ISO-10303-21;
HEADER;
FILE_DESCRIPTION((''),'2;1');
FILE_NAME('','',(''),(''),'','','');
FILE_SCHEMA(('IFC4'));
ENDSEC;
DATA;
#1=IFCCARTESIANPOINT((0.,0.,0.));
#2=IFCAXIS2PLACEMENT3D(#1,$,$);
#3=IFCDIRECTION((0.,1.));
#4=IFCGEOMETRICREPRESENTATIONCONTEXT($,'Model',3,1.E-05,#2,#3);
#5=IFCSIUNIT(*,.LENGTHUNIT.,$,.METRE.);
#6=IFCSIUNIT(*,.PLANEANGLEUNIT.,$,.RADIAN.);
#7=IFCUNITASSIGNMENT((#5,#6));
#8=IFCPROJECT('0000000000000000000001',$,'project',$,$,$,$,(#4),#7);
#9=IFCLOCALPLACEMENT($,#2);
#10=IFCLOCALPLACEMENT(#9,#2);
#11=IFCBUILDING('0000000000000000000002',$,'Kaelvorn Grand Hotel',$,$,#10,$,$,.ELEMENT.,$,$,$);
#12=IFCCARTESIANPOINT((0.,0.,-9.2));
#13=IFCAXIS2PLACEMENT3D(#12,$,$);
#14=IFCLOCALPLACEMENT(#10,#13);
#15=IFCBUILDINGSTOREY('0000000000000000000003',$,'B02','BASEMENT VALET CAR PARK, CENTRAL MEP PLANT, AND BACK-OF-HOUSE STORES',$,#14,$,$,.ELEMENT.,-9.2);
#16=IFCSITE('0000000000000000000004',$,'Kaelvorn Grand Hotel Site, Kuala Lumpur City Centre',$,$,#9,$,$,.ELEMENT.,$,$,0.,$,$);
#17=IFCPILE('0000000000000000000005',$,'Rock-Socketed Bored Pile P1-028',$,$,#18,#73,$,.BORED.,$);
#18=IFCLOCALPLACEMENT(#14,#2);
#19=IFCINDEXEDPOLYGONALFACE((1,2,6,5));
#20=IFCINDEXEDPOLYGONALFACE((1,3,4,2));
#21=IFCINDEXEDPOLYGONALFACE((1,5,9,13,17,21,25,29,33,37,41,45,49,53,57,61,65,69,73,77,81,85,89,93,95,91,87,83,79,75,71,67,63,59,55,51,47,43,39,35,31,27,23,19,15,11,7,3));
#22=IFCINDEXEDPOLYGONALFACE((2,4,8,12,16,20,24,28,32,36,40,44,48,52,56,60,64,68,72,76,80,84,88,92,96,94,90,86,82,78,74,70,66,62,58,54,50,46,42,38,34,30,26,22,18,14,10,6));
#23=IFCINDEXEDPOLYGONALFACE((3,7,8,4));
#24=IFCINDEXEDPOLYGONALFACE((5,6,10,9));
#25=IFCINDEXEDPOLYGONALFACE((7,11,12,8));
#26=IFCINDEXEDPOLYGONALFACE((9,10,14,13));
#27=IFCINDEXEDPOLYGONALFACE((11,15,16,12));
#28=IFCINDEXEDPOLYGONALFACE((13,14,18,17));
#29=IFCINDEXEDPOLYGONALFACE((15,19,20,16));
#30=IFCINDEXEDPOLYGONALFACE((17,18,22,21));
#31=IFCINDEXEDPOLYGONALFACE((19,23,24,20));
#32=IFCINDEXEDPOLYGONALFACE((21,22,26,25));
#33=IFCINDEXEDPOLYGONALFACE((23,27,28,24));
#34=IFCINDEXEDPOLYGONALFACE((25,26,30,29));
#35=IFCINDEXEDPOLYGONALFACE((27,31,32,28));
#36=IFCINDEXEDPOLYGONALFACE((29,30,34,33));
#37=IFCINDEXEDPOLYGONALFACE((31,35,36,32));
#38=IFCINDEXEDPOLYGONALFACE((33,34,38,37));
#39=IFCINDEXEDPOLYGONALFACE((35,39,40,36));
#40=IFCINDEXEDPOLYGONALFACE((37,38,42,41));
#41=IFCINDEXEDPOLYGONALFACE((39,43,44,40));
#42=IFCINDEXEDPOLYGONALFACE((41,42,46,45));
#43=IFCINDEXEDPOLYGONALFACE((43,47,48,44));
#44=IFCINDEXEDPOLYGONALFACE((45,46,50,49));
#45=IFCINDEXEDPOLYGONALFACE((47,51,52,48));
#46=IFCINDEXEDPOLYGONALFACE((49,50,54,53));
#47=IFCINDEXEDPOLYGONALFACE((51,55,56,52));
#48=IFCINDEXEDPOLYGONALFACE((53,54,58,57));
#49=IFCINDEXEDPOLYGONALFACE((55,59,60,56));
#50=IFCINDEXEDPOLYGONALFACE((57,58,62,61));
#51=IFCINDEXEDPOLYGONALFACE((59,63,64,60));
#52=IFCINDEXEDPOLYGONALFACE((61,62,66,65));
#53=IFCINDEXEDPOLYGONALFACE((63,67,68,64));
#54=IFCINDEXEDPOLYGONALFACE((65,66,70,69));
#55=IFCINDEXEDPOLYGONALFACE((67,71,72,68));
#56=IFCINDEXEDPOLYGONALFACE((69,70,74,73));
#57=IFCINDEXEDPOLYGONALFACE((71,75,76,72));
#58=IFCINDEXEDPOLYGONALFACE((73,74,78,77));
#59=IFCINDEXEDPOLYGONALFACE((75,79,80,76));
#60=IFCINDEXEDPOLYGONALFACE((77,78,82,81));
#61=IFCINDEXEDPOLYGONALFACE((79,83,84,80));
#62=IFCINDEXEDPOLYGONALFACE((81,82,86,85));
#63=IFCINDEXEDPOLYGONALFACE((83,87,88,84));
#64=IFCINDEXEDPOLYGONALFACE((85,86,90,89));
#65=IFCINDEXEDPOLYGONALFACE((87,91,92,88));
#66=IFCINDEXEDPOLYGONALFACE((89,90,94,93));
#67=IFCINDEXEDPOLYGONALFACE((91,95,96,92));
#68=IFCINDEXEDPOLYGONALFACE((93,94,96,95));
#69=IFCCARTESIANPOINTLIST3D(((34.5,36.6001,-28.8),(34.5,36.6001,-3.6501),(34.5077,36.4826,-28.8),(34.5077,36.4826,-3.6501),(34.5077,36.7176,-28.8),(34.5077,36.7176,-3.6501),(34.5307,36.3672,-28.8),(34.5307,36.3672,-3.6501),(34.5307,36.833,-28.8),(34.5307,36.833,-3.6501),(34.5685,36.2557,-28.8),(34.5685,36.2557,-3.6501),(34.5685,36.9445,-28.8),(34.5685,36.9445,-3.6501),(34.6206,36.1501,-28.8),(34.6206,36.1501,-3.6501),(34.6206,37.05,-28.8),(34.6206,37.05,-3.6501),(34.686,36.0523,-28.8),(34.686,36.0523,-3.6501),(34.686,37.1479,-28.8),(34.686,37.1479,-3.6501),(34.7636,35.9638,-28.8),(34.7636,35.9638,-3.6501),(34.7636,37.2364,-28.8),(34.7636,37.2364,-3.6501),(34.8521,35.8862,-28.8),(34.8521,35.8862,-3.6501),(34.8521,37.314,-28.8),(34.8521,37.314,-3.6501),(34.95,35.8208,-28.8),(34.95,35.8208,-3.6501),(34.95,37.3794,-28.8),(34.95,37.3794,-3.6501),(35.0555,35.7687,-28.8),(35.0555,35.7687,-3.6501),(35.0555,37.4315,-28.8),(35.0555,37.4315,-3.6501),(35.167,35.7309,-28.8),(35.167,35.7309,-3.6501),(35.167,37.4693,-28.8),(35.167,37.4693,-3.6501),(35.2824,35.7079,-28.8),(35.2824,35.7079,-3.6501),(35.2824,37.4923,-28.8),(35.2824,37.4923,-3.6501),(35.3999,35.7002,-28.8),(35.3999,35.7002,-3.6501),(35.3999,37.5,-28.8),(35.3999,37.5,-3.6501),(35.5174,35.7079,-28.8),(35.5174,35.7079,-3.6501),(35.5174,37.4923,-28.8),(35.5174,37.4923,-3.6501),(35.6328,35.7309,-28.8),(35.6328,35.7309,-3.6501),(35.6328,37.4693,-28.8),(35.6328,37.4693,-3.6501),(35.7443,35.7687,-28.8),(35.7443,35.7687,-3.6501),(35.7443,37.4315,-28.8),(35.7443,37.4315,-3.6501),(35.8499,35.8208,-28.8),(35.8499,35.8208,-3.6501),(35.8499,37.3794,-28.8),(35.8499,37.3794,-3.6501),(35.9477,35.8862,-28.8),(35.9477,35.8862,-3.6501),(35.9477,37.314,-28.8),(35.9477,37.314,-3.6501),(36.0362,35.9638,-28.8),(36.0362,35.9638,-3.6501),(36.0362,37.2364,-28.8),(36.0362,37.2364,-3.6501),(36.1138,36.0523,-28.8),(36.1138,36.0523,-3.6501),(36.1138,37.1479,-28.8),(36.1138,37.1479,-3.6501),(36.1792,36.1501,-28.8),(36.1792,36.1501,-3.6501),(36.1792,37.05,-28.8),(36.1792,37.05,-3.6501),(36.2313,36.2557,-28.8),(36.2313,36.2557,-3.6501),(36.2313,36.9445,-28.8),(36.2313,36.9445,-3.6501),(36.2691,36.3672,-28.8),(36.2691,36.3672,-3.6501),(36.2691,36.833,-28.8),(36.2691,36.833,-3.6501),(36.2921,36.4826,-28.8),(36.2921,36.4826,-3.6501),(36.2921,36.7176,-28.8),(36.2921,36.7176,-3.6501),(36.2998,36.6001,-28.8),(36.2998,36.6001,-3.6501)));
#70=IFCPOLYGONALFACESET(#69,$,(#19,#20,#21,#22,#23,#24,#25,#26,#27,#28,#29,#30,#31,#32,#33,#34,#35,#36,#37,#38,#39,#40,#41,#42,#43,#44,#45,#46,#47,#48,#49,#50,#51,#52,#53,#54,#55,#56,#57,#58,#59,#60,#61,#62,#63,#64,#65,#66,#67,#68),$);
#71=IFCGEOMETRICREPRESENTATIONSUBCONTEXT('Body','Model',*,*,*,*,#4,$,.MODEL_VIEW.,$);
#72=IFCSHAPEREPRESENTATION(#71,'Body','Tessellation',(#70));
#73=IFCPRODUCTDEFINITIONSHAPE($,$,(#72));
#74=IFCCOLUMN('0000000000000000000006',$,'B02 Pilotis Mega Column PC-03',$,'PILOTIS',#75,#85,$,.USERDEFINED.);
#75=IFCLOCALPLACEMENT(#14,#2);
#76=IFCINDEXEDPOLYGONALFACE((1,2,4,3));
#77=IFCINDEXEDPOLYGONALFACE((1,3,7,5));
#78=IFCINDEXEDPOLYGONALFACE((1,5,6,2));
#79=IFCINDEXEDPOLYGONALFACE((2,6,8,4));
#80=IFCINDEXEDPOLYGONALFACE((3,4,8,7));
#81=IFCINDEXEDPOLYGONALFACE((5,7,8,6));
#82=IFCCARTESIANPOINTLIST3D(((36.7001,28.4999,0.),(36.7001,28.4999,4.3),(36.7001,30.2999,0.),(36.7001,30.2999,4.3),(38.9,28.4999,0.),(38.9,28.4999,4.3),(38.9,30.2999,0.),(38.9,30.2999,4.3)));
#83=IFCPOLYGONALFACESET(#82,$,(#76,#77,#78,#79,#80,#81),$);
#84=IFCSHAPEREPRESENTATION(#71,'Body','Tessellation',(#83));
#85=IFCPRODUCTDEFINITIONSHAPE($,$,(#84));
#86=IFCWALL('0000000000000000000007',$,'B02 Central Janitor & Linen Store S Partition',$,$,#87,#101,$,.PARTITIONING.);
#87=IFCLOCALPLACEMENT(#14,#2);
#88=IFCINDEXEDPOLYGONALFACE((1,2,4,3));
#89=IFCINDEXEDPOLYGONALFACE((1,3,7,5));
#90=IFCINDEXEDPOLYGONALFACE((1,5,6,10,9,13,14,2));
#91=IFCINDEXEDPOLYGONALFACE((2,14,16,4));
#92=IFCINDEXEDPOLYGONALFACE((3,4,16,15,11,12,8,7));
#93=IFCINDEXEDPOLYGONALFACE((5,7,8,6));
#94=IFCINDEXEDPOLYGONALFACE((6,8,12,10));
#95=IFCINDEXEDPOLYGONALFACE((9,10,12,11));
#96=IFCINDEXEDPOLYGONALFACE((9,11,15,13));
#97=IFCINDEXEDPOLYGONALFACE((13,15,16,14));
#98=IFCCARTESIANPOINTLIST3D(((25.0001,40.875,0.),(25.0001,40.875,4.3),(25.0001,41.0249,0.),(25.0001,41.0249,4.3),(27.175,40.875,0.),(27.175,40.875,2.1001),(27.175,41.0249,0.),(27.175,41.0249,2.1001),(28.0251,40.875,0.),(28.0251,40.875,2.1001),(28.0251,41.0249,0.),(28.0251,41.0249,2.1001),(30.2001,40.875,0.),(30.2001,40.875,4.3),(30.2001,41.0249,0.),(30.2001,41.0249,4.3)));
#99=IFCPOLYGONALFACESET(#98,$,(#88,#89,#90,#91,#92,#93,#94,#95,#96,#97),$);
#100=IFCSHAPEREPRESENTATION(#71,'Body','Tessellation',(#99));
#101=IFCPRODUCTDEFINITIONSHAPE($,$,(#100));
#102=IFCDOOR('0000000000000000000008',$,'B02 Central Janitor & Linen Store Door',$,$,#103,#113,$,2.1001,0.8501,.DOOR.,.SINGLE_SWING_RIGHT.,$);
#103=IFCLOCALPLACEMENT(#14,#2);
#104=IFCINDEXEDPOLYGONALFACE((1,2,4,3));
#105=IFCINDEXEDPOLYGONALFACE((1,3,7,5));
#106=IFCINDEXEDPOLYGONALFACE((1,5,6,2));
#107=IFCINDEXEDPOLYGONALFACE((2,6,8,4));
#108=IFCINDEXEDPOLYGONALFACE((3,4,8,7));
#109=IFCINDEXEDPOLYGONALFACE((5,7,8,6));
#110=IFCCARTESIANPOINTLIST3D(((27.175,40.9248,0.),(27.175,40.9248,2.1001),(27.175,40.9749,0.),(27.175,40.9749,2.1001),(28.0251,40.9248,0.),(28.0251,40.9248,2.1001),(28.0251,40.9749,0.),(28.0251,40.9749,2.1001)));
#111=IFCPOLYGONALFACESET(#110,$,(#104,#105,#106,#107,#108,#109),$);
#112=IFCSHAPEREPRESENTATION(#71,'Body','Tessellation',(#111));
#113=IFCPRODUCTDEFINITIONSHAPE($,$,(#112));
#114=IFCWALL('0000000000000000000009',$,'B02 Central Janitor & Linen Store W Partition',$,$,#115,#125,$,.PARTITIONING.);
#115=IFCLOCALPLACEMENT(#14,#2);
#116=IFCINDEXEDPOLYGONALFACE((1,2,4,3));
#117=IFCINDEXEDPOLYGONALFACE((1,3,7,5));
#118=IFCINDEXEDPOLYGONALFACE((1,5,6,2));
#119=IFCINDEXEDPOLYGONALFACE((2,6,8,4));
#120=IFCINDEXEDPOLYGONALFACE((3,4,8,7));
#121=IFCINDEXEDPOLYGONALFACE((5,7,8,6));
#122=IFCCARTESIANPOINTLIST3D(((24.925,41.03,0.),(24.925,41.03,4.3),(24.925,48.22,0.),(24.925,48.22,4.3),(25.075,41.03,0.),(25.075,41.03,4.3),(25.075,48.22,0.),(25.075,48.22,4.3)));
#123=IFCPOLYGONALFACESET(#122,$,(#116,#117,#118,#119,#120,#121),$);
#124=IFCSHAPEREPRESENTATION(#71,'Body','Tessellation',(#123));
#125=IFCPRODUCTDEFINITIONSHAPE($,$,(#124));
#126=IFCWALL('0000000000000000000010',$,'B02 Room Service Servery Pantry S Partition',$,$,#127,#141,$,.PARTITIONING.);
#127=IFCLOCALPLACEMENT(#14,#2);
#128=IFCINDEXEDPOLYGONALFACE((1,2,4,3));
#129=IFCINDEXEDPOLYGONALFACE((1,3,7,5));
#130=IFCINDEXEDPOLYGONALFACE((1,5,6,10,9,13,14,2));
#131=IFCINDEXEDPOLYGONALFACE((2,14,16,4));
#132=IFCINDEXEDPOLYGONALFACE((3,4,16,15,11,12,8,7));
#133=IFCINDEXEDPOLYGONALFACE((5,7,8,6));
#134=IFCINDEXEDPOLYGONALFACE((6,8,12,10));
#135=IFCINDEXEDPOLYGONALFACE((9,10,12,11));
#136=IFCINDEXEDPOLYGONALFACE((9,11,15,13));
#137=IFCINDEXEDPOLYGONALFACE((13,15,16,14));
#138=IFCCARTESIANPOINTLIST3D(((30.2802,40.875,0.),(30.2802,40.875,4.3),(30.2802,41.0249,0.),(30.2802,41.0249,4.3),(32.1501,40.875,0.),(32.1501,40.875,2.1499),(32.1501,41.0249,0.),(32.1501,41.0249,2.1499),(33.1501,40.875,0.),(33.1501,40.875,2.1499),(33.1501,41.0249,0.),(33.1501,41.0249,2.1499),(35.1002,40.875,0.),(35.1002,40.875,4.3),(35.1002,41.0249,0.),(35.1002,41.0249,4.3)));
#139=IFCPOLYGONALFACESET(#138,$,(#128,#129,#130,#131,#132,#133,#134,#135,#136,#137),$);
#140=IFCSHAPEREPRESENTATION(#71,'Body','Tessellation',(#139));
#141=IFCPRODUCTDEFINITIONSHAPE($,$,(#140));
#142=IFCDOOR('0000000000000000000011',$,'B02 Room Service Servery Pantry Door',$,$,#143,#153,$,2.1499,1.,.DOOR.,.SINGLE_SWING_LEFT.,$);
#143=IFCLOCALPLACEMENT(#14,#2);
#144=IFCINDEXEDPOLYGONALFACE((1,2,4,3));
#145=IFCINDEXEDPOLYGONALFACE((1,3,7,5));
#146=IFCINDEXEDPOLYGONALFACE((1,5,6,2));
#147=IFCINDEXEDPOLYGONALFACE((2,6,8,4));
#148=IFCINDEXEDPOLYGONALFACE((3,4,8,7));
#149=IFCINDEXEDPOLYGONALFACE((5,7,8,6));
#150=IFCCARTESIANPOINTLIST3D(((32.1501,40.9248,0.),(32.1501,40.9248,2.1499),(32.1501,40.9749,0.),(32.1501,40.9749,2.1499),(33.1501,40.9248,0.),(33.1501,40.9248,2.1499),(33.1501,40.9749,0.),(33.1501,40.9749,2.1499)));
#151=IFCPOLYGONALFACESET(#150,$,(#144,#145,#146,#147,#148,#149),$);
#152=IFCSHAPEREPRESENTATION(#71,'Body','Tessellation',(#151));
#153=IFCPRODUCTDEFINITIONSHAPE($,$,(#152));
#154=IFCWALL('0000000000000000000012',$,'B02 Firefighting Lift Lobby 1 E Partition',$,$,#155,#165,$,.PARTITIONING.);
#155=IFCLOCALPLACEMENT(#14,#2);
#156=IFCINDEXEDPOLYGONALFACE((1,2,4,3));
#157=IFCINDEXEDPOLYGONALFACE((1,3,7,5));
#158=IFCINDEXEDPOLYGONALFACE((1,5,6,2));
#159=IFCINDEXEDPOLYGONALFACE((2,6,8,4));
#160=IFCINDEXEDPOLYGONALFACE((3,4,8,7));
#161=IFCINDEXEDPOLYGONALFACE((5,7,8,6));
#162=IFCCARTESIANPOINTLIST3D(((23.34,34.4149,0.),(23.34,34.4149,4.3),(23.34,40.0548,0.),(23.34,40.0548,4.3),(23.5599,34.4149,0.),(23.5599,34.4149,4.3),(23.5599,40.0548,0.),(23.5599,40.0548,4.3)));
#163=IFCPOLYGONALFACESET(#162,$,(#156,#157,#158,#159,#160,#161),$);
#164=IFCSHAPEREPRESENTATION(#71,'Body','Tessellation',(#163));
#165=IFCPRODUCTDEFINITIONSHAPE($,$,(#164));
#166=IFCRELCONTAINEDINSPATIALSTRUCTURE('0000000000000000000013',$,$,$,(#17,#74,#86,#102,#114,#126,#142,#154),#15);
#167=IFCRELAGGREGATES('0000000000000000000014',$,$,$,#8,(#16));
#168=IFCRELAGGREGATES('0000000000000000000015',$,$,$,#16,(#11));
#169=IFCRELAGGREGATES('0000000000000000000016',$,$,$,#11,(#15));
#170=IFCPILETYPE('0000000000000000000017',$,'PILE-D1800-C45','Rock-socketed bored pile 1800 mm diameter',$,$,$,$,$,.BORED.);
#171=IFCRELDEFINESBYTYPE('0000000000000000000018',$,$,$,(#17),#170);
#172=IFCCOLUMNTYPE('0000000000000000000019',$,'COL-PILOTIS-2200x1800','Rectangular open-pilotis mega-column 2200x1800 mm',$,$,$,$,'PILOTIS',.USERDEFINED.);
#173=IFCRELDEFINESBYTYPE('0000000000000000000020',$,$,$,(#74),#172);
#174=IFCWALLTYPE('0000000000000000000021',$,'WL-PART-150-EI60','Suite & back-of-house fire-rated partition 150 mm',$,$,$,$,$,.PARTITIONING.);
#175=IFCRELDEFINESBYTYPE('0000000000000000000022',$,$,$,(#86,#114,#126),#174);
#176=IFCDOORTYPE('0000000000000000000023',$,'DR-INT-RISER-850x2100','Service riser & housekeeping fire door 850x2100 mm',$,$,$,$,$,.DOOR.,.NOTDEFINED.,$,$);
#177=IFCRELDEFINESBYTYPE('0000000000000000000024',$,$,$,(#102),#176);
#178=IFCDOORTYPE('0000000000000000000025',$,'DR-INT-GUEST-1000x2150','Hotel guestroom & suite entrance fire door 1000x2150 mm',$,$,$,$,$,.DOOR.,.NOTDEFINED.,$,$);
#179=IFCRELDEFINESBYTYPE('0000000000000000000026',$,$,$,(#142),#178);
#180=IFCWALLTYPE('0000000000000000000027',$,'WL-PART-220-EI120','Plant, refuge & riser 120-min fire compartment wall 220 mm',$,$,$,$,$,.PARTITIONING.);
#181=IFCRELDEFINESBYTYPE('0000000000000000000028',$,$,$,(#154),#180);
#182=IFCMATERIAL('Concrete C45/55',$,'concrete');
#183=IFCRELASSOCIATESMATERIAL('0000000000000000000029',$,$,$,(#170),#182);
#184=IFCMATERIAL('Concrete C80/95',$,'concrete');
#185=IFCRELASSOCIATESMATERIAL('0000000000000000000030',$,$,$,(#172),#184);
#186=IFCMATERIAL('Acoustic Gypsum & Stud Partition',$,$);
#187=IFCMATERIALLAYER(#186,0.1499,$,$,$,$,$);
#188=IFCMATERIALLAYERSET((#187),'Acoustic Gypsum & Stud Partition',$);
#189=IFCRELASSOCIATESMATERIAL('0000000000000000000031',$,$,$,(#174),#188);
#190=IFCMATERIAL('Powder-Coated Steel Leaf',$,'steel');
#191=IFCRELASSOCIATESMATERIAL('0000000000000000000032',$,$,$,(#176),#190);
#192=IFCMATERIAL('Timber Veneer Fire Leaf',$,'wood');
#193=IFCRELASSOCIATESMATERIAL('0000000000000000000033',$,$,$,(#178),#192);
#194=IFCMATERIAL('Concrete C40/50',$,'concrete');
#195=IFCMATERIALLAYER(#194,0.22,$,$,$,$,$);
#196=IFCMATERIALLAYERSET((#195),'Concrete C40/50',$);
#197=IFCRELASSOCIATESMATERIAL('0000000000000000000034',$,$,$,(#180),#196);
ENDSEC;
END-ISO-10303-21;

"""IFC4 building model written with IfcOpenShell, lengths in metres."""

from ifc_helpers import new_model, si_unit, direction, frame, frame_2d, origin, origin_2d, place, context, subcontext, project, spatial, rectangle, circle, extrude, material, layer, layer_set, material_profile, profile_set, type_object, element, fill, save


model = new_model("IFC4")

# Units and contexts
model_context = context("Model", 3, precision=1e-05, world=origin(), true_north=direction((0.0, 1.0)))
body_context = subcontext(model_context, "Body", "Model", "MODEL_VIEW")
ifc_project = project(units=[si_unit("LENGTHUNIT", "METRE"), si_unit("PLANEANGLEUNIT", "RADIAN")], contexts=[model_context])

# Site, building, storey
site_placement = place(None, origin())
site = spatial("IfcSite", under=ifc_project, at=site_placement, Name="Kaelvorn Grand Hotel Site, Kuala Lumpur City Centre", CompositionType="ELEMENT", RefElevation=0.0)
building_placement = place(site_placement, origin())
building = spatial("IfcBuilding", under=site, at=building_placement, Name="Kaelvorn Grand Hotel", CompositionType="ELEMENT")
storey_placement = place(building_placement, frame((0.0, 0.0, -9.2)))
storey = spatial("IfcBuildingStorey", under=building, at=storey_placement, Name="B02", Description="BASEMENT VALET CAR PARK, CENTRAL MEP PLANT, AND BACK-OF-HOUSE STORES", CompositionType="ELEMENT", Elevation=-9.2)

# Pile
ifc_material_1 = material(Name="Concrete C45/55", Category="concrete")
ifc_material_profile_1 = material_profile(ifc_material_1, circle(Radius=0.8999, at=origin_2d()), Name="BORED PILE D1800")
ifc_profile_set_1 = profile_set([ifc_material_profile_1], Name="Concrete C45/55")
pile_type = type_object("IfcPileType", Name="PILE-D1800-C45", Description="Rock-socketed bored pile 1800 mm diameter", PredefinedType="BORED", material=ifc_profile_set_1)
for number, where, z_axis, x_axis, name in (
    (1, (35.3999, 36.6001, -3.6501), (0.0, 0.0, -1.0), (1.0, 0.0, 0.0), "Rock-Socketed Bored Pile P1-028"),
):
    element("IfcPile", number, at=place(storey_placement, frame(where, z_axis=z_axis, x_axis=x_axis)), inside=storey, type_object=pile_type, Name=name, PredefinedType="BORED", context=body_context, shape_type="SweptSolid", body=[
        extrude(circle(Radius=0.8999, at=origin_2d()), origin(), (0.0, 0.0, 1.0), 25.1499),
    ])

# Column
ifc_material_2 = material(Name="Concrete C80/95", Category="concrete")
ifc_material_profile_2 = material_profile(ifc_material_2, rectangle(XDim=2.2, YDim=1.8, at=origin_2d()), Name="PILOTIS 2200x1800")
ifc_profile_set_2 = profile_set([ifc_material_profile_2], Name="Concrete C80/95")
column_type = type_object("IfcColumnType", Name="COL-PILOTIS-2200x1800", Description="Rectangular open-pilotis mega-column 2200x1800 mm", ElementType="PILOTIS", PredefinedType="USERDEFINED", material=ifc_profile_set_2)
column_placement = place(storey_placement, frame((37.8, 29.3999, 0.0), z_axis=(0.0, 0.0, 1.0), x_axis=(1.0, 0.0, 0.0)))
element("IfcColumn", 2, at=column_placement, inside=storey, type_object=column_type, Name="B02 Pilotis Mega Column PC-03", ObjectType="PILOTIS", PredefinedType="USERDEFINED", context=body_context, shape_type="SweptSolid", body=[
    extrude(rectangle(XDim=2.2, YDim=1.8, at=origin_2d()), origin(), (0.0, 0.0, 1.0), 4.3),
])

# Wall, opening, door
ifc_material_3 = material(Name="Acoustic Gypsum & Stud Partition")
ifc_layer_1 = layer(ifc_material_3, 0.1499)
ifc_layer_set_1 = layer_set([ifc_layer_1], Name="Acoustic Gypsum & Stud Partition")
wall_type_1 = type_object("IfcWallType", Name="WL-PART-150-EI60", Description="Suite & back-of-house fire-rated partition 150 mm", PredefinedType="PARTITIONING", material=ifc_layer_set_1)
wall_1_placement = place(storey_placement, frame((25.0, 40.95, 0.0), z_axis=(0.0, 0.0, 1.0), x_axis=(1.0, 0.0, 0.0)))
wall_1 = element("IfcWall", 3, at=wall_1_placement, inside=storey, type_object=wall_type_1, Name="B02 Central Janitor & Linen Store S Partition", PredefinedType="PARTITIONING", context=body_context, shape_type="SweptSolid", body=[
    extrude(rectangle(XDim=5.2, YDim=0.1499, at=frame_2d((2.6001, 0.0))), origin(), (0.0, 0.0, 1.0), 4.3),
])
opening_1_placement = place(wall_1_placement, frame((2.175, 0.0, 0.0)))
opening_1 = element("IfcOpeningElement", 4, at=opening_1_placement, cuts=wall_1, PredefinedType="OPENING", context=body_context, shape_type="SweptSolid", body=[
    extrude(rectangle(XDim=0.8501, YDim=2.1001, at=frame_2d((0.425, 1.05))), frame((0.0, 0.085, 0.0), z_axis=(0.0, -1.0, 0.0), x_axis=(1.0, 0.0, 0.0)), (0.0, 0.0, 1.0), 0.1699),
])
ifc_material_4 = material(Name="Powder-Coated Steel Leaf", Category="steel")
door_type_1 = type_object("IfcDoorType", Name="DR-INT-RISER-850x2100", Description="Service riser & housekeeping fire door 850x2100 mm", OperationType="NOTDEFINED", PredefinedType="DOOR", material=ifc_material_4)
door_1_placement = place(opening_1_placement, origin())
door_1 = element("IfcDoor", 5, at=door_1_placement, inside=storey, type_object=door_type_1, Name="B02 Central Janitor & Linen Store Door", OperationType="SINGLE_SWING_RIGHT", OverallHeight=2.1001, OverallWidth=0.8501, PredefinedType="DOOR", context=body_context, shape_type="SweptSolid", body=[
    extrude(rectangle(XDim=0.8501, YDim=2.1001, at=frame_2d((0.425, 1.05))), frame((0.0, 0.0249, 0.0), z_axis=(0.0, -1.0, 0.0), x_axis=(1.0, 0.0, 0.0)), (0.0, 0.0, 1.0), 0.05),
])
fill(opening_1, door_1)

# Wall
wall_2_placement = place(storey_placement, frame((25.0, 41.03, 0.0), z_axis=(0.0, 0.0, 1.0), x_axis=(0.0, 1.0, 0.0)))
element("IfcWall", 6, at=wall_2_placement, inside=storey, type_object=wall_type_1, Name="B02 Central Janitor & Linen Store W Partition", PredefinedType="PARTITIONING", context=body_context, shape_type="SweptSolid", body=[
    extrude(rectangle(XDim=7.1899, YDim=0.1499, at=frame_2d((3.595, 0.0))), origin(), (0.0, 0.0, 1.0), 4.3),
])

# Wall, opening, door
wall_3_placement = place(storey_placement, frame((30.28, 40.95, 0.0), z_axis=(0.0, 0.0, 1.0), x_axis=(1.0, 0.0, 0.0)))
wall_3 = element("IfcWall", 7, at=wall_3_placement, inside=storey, type_object=wall_type_1, Name="B02 Room Service Servery Pantry S Partition", PredefinedType="PARTITIONING", context=body_context, shape_type="SweptSolid", body=[
    extrude(rectangle(XDim=4.8201, YDim=0.1499, at=frame_2d((2.4102, 0.0))), origin(), (0.0, 0.0, 1.0), 4.3),
])
opening_2_placement = place(wall_3_placement, frame((1.8701, 0.0, 0.0)))
opening_2 = element("IfcOpeningElement", 8, at=opening_2_placement, cuts=wall_3, PredefinedType="OPENING", context=body_context, shape_type="SweptSolid", body=[
    extrude(rectangle(XDim=1.0, YDim=2.1499, at=frame_2d((0.5, 1.075))), frame((0.0, 0.085, 0.0), z_axis=(0.0, -1.0, 0.0), x_axis=(1.0, 0.0, 0.0)), (0.0, 0.0, 1.0), 0.1699),
])
ifc_material_5 = material(Name="Timber Veneer Fire Leaf", Category="wood")
door_type_2 = type_object("IfcDoorType", Name="DR-INT-GUEST-1000x2150", Description="Hotel guestroom & suite entrance fire door 1000x2150 mm", OperationType="NOTDEFINED", PredefinedType="DOOR", material=ifc_material_5)
door_2_placement = place(opening_2_placement, origin())
door_2 = element("IfcDoor", 9, at=door_2_placement, inside=storey, type_object=door_type_2, Name="B02 Room Service Servery Pantry Door", OperationType="SINGLE_SWING_LEFT", OverallHeight=2.1499, OverallWidth=1.0, PredefinedType="DOOR", context=body_context, shape_type="SweptSolid", body=[
    extrude(rectangle(XDim=1.0, YDim=2.1499, at=frame_2d((0.5, 1.075))), frame((0.0, 0.0249, 0.0), z_axis=(0.0, -1.0, 0.0), x_axis=(1.0, 0.0, 0.0)), (0.0, 0.0, 1.0), 0.05),
])
fill(opening_2, door_2)

# Wall
ifc_material_6 = material(Name="Concrete C40/50", Category="concrete")
ifc_layer_2 = layer(ifc_material_6, 0.22)
ifc_layer_set_2 = layer_set([ifc_layer_2], Name="Concrete C40/50")
wall_type_2 = type_object("IfcWallType", Name="WL-PART-220-EI120", Description="Plant, refuge & riser 120-min fire compartment wall 220 mm", PredefinedType="PARTITIONING", material=ifc_layer_set_2)
wall_4_placement = place(storey_placement, frame((23.45, 34.415, 0.0), z_axis=(0.0, 0.0, 1.0), x_axis=(0.0, 1.0, 0.0)))
element("IfcWall", 10, at=wall_4_placement, inside=storey, type_object=wall_type_2, Name="B02 Firefighting Lift Lobby 1 E Partition", PredefinedType="PARTITIONING", context=body_context, shape_type="SweptSolid", body=[
    extrude(rectangle(XDim=5.6399, YDim=0.22, at=frame_2d((2.8198, 0.0))), origin(), (0.0, 0.0, 1.0), 4.3),
])

save(model, "model.ifc")
